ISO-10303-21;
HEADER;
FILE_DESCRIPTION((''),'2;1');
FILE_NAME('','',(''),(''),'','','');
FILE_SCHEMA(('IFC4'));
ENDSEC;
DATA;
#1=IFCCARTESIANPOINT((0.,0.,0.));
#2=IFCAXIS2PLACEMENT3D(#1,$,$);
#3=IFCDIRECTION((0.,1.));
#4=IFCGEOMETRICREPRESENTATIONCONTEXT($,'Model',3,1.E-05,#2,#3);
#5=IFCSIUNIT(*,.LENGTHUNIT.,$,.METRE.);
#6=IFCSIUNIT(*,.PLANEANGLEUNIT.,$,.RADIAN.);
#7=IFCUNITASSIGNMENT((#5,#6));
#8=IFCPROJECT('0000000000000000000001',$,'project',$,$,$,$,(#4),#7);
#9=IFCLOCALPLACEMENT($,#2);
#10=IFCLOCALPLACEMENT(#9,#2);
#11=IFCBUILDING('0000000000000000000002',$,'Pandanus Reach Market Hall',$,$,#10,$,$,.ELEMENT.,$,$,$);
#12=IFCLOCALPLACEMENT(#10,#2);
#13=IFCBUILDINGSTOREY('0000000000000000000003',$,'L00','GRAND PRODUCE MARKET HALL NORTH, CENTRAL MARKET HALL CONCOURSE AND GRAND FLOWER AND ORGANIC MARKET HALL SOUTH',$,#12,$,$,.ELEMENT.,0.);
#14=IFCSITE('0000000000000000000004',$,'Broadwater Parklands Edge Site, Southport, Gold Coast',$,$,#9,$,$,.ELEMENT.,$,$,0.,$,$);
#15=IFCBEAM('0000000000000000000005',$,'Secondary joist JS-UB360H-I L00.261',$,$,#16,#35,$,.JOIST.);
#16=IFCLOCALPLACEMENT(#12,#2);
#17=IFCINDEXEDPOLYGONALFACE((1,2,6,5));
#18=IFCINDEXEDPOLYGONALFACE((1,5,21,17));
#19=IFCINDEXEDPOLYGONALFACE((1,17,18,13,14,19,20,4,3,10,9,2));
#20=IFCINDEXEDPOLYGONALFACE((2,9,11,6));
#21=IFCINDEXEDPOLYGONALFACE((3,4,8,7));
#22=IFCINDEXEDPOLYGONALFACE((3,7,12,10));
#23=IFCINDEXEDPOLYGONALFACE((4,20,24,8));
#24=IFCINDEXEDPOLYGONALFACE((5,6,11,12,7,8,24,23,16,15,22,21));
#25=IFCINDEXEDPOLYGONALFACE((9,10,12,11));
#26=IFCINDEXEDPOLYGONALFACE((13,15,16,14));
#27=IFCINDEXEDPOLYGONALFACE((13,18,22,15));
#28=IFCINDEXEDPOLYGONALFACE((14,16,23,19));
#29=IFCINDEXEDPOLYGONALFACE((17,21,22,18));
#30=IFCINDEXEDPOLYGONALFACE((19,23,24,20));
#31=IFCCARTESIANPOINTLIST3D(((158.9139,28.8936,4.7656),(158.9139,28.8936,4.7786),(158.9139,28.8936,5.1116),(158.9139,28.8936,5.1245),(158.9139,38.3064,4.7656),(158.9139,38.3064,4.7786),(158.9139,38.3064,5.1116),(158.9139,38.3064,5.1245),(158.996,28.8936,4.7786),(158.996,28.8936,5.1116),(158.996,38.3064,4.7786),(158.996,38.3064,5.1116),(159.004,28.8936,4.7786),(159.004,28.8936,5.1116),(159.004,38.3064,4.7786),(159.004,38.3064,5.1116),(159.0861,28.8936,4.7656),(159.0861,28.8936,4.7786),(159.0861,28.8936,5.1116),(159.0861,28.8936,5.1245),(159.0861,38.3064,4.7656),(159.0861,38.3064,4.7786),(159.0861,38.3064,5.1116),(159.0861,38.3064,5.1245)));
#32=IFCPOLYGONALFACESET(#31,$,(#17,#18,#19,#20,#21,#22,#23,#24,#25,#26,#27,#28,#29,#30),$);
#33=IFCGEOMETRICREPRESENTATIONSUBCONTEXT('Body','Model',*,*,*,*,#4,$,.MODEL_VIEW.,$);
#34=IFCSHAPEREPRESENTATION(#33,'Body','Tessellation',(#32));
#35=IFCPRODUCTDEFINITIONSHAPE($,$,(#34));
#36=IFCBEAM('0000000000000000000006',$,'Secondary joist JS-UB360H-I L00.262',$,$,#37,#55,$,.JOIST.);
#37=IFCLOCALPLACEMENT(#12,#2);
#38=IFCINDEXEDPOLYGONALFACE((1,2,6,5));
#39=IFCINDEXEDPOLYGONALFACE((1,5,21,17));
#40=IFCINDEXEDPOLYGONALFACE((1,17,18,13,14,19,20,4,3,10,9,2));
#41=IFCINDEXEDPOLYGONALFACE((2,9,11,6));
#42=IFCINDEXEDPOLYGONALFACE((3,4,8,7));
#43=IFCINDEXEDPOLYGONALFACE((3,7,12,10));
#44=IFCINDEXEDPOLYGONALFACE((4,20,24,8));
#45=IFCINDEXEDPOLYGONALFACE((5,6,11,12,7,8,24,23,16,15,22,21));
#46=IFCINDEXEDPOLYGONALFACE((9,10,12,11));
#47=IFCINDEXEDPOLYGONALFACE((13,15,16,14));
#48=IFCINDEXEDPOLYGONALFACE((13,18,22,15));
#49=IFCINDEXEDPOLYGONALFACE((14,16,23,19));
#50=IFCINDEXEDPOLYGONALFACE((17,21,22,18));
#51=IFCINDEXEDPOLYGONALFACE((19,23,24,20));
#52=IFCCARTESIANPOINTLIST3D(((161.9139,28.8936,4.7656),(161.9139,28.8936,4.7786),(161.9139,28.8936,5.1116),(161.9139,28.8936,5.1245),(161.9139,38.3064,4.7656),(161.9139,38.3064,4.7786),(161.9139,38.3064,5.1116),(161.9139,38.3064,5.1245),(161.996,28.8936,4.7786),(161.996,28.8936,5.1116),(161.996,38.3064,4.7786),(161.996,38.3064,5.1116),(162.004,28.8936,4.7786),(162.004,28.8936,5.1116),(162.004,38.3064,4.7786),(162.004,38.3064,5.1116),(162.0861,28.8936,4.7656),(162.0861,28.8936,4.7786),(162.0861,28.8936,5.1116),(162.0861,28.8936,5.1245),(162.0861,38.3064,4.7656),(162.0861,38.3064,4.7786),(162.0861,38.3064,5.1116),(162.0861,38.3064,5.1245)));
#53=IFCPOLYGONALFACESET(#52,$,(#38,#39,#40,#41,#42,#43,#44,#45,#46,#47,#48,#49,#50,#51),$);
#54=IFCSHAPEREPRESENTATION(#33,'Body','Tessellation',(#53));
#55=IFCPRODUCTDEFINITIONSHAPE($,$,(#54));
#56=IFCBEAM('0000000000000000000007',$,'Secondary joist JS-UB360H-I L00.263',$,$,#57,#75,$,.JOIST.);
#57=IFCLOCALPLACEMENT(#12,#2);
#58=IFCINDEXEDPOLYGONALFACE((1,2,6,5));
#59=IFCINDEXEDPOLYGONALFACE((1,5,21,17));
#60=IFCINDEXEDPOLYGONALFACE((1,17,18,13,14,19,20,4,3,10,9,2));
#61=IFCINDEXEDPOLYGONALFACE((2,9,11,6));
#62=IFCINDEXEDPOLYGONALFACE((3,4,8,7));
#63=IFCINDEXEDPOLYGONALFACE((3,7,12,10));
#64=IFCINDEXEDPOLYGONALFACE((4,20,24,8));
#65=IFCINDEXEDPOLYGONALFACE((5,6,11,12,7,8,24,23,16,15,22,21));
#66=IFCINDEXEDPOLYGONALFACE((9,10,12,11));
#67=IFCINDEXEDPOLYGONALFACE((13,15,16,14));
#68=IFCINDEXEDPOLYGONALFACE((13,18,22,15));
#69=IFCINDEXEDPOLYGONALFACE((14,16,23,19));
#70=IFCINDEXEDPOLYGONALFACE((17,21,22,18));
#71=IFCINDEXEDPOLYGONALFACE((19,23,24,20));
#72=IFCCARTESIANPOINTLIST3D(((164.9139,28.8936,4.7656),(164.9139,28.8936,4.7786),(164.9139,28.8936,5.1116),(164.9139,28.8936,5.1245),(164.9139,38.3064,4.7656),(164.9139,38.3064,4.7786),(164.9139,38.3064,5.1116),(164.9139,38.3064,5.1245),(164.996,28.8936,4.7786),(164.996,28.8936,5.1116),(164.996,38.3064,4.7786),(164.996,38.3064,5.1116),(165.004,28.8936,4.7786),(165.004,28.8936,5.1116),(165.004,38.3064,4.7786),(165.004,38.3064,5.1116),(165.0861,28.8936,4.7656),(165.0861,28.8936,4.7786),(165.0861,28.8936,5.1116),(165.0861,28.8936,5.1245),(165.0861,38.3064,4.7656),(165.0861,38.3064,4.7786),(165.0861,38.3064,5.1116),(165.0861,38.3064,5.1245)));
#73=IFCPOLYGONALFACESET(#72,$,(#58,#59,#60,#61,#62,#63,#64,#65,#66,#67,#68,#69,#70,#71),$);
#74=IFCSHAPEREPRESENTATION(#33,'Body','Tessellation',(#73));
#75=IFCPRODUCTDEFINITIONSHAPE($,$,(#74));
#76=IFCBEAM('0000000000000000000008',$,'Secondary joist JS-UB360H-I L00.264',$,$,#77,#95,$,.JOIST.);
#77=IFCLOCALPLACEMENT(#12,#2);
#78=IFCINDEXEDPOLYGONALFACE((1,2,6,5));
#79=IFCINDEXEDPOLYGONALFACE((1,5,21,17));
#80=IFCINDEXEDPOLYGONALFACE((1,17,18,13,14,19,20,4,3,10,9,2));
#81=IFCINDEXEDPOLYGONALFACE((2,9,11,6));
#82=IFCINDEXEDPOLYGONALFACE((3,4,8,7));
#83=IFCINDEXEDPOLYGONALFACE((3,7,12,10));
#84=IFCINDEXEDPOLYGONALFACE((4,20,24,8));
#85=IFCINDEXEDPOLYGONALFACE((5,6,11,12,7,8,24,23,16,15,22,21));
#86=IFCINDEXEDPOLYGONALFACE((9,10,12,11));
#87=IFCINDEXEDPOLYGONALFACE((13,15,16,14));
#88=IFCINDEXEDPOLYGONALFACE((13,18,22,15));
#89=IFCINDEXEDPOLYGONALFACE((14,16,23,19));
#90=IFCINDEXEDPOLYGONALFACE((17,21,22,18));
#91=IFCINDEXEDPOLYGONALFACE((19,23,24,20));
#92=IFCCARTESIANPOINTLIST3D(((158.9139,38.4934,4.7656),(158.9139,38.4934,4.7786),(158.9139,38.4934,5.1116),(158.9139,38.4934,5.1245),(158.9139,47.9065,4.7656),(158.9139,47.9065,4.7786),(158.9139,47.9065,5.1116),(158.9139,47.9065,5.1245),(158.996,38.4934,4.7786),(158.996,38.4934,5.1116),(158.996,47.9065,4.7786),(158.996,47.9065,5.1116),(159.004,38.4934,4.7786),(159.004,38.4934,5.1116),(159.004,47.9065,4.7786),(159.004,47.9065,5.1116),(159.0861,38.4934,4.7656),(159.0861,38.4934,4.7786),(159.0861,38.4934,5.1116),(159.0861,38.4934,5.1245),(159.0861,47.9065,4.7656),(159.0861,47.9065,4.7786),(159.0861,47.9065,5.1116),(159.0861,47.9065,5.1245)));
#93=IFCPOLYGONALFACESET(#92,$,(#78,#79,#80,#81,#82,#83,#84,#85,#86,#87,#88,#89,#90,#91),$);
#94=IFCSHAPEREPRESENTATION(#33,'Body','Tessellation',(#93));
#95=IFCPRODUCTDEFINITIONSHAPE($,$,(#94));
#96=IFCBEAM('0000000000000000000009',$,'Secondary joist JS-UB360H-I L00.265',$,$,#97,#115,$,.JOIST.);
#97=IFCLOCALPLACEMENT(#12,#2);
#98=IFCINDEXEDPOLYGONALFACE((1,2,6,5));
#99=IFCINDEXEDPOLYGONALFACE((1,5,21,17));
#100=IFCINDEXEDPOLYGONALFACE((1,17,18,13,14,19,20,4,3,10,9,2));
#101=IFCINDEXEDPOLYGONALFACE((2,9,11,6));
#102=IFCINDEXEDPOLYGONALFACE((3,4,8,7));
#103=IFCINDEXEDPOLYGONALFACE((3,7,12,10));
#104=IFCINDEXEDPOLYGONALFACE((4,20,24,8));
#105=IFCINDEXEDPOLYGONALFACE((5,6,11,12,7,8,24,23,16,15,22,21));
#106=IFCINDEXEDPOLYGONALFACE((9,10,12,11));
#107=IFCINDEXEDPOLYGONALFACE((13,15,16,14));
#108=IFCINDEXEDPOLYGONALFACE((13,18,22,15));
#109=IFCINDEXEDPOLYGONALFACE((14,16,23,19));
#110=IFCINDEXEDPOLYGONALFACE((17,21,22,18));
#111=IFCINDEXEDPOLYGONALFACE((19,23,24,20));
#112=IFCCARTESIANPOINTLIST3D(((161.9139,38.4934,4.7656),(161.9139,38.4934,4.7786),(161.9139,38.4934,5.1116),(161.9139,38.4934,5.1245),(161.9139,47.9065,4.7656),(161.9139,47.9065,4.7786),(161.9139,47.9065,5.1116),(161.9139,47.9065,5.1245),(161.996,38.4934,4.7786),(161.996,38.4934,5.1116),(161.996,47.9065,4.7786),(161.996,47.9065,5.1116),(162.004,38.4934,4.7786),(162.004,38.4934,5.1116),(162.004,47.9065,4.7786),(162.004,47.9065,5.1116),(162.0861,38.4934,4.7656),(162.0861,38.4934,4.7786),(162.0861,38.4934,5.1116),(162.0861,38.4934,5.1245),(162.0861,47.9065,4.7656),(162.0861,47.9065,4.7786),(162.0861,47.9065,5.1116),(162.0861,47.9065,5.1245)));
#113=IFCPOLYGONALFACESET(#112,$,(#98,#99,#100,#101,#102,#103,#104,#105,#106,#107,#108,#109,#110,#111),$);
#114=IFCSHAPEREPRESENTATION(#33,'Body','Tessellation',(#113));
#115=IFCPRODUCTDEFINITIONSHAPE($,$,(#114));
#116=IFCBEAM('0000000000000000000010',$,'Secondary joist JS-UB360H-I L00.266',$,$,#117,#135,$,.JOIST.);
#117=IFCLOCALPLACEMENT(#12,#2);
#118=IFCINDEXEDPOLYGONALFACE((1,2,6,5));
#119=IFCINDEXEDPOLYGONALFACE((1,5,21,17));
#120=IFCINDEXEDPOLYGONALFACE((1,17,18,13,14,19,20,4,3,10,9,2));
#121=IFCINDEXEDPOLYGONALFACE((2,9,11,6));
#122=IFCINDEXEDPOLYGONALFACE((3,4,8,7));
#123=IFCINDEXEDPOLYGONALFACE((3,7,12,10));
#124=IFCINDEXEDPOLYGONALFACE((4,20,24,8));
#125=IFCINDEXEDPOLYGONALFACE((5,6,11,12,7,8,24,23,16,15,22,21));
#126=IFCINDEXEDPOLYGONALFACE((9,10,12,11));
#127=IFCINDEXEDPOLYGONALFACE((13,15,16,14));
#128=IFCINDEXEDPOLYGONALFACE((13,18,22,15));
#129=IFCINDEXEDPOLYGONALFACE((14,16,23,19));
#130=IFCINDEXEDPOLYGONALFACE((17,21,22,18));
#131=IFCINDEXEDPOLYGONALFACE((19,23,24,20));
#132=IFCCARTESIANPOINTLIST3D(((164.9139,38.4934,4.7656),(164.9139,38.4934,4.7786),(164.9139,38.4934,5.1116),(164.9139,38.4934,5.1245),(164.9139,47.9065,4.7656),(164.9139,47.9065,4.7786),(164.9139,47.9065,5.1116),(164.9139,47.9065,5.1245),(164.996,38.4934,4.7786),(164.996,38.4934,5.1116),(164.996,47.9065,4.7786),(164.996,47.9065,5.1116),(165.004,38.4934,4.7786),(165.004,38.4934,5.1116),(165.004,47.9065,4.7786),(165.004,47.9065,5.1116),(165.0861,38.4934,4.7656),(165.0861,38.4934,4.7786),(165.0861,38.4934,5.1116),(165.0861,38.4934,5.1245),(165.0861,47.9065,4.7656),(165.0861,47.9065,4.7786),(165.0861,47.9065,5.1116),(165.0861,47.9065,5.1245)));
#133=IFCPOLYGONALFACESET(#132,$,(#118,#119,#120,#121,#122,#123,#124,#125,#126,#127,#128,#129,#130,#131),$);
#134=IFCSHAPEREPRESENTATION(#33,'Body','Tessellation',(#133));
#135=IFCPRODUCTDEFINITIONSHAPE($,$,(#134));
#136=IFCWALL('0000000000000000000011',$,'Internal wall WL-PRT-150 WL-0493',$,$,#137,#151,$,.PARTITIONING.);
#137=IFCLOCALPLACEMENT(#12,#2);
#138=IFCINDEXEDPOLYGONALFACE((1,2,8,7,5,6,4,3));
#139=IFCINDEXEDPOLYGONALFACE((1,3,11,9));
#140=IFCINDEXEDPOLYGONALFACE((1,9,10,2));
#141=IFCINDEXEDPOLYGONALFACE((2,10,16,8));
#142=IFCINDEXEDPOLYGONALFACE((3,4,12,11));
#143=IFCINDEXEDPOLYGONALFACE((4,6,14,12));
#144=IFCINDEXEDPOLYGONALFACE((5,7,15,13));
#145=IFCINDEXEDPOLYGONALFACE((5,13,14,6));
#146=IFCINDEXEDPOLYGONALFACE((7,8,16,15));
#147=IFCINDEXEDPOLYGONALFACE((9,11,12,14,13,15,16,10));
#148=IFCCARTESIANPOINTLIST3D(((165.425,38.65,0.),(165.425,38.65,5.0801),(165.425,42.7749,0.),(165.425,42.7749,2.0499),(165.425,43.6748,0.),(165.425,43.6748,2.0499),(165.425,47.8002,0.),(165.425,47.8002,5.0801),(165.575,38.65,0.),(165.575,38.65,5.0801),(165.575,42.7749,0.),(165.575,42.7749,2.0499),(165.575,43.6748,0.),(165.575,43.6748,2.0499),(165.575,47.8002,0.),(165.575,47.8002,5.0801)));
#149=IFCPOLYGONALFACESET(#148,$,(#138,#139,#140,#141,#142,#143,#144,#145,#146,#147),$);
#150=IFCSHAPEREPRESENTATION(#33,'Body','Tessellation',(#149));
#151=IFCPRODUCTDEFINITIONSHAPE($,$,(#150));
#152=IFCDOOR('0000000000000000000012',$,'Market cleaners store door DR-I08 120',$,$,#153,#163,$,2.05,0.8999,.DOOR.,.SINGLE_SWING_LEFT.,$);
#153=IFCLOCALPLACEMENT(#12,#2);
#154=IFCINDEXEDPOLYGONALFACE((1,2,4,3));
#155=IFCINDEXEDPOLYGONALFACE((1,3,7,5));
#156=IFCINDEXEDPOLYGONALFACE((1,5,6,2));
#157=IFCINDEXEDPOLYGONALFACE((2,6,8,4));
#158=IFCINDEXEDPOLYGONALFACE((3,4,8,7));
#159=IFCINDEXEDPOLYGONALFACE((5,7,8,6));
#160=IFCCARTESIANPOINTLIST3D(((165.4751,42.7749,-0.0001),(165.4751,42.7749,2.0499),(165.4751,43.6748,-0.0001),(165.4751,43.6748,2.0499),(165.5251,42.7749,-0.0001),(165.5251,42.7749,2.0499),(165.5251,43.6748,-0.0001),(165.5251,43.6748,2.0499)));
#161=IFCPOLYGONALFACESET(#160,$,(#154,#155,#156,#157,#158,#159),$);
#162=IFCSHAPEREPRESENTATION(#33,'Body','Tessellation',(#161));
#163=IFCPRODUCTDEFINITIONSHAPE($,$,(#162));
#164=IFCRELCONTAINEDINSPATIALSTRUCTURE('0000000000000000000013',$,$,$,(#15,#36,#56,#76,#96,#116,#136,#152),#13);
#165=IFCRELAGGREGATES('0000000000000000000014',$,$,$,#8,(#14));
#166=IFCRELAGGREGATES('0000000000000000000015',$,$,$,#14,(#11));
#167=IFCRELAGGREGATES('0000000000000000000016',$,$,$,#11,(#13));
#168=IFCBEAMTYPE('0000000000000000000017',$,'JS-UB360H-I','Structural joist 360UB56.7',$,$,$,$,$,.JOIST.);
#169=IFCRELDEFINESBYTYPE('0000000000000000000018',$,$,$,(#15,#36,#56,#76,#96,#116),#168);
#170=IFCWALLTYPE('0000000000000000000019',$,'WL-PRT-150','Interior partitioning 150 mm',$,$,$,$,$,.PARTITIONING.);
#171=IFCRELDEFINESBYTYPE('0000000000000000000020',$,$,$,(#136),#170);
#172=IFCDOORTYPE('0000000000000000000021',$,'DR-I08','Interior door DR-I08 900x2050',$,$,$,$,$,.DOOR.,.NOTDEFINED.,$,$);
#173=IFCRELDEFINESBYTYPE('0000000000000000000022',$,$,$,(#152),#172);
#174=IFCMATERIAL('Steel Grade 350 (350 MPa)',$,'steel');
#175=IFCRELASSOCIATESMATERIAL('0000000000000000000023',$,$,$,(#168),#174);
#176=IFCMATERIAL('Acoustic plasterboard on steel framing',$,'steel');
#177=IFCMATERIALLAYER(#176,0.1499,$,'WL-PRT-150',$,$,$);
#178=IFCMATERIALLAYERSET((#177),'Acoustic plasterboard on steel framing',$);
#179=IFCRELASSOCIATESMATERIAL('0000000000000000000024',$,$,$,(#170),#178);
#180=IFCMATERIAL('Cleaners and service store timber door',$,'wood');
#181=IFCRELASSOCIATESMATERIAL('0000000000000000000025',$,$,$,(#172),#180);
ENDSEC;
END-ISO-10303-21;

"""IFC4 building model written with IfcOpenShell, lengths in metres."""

from ifc_helpers import new_model, si_unit, direction, frame, frame_2d, origin, origin_2d, place, context, subcontext, project, spatial, rectangle, i_section, extrude, material, layer, layer_set, material_profile, profile_set, type_object, element, fill, save


model = new_model("IFC4")

# Units and contexts
model_context = context("Model", 3, precision=1e-05, world=origin(), true_north=direction((0.0, 1.0)))
body_context = subcontext(model_context, "Body", "Model", "MODEL_VIEW")
ifc_project = project(units=[si_unit("LENGTHUNIT", "METRE"), si_unit("PLANEANGLEUNIT", "RADIAN")], contexts=[model_context])

# Site, building, storey
site_placement = place(None, origin())
site = spatial("IfcSite", under=ifc_project, at=site_placement, Name="Broadwater Parklands Edge Site, Southport, Gold Coast", CompositionType="ELEMENT", RefElevation=0.0)
building_placement = place(site_placement, origin())
building = spatial("IfcBuilding", under=site, at=building_placement, Name="Pandanus Reach Market Hall", CompositionType="ELEMENT")
storey_placement = place(building_placement, origin())
storey = spatial("IfcBuildingStorey", under=building, at=storey_placement, Name="L00", Description="GRAND PRODUCE MARKET HALL NORTH, CENTRAL MARKET HALL CONCOURSE AND GRAND FLOWER AND ORGANIC MARKET HALL SOUTH", CompositionType="ELEMENT", Elevation=0.0)

# Beams
ifc_material_1 = material(Name="Steel Grade 350 (350 MPa)", Category="steel")
ifc_material_profile_1 = material_profile(ifc_material_1, i_section(OverallWidth=0.1721, OverallDepth=0.3589, WebThickness=0.0081, FlangeThickness=0.0129, at=origin_2d()), Name="360UB56.7", Category="LoadBearing")
ifc_profile_set_1 = profile_set([ifc_material_profile_1], Name="Steel Grade 350 (350 MPa)")
beam_type_1 = type_object("IfcBeamType", Name="JS-UB360H-I", Description="Structural joist 360UB56.7", PredefinedType="JOIST", material=ifc_profile_set_1)
for number, where, z_axis, x_axis, name in (
    (1, (159.0, 28.8936, 4.9451), (0.0, 1.0, 0.0), (-1.0, 0.0, 0.0), "Secondary joist JS-UB360H-I L00.261"),
    (2, (162.0, 28.8936, 4.9451), (0.0, 1.0, 0.0), (-1.0, 0.0, 0.0), "Secondary joist JS-UB360H-I L00.262"),
    (3, (165.0, 28.8936, 4.9451), (0.0, 1.0, 0.0), (-1.0, 0.0, 0.0), "Secondary joist JS-UB360H-I L00.263"),
):
    element("IfcBeam", number, at=place(storey_placement, frame(where, z_axis=z_axis, x_axis=x_axis)), inside=storey, type_object=beam_type_1, Name=name, PredefinedType="JOIST", context=body_context, shape_type="SweptSolid", body=[
        extrude(i_section(OverallWidth=0.1721, OverallDepth=0.3589, WebThickness=0.0081, FlangeThickness=0.0129, at=origin_2d()), origin(), (0.0, 0.0, 1.0), 9.4128),
    ])
for number, where, z_axis, x_axis, name in (
    (4, (159.0, 38.4934, 4.9451), (0.0, 1.0, 0.0), (-1.0, 0.0, 0.0), "Secondary joist JS-UB360H-I L00.264"),
    (5, (162.0, 38.4934, 4.9451), (0.0, 1.0, 0.0), (-1.0, 0.0, 0.0), "Secondary joist JS-UB360H-I L00.265"),
    (6, (165.0, 38.4934, 4.9451), (0.0, 1.0, 0.0), (-1.0, 0.0, 0.0), "Secondary joist JS-UB360H-I L00.266"),
):
    element("IfcBeam", number, at=place(storey_placement, frame(where, z_axis=z_axis, x_axis=x_axis)), inside=storey, type_object=beam_type_1, Name=name, PredefinedType="JOIST", context=body_context, shape_type="SweptSolid", body=[
        extrude(i_section(OverallWidth=0.1721, OverallDepth=0.3589, WebThickness=0.0081, FlangeThickness=0.0129, at=origin_2d()), origin(), (0.0, 0.0, 1.0), 9.4131),
    ])

# Wall, opening, door
ifc_material_2 = material(Name="Acoustic plasterboard on steel framing", Category="steel")
ifc_layer = layer(ifc_material_2, 0.1499, Name="WL-PRT-150")
ifc_layer_set = layer_set([ifc_layer], Name="Acoustic plasterboard on steel framing")
wall_type = type_object("IfcWallType", Name="WL-PRT-150", Description="Interior partitioning 150 mm", PredefinedType="PARTITIONING", material=ifc_layer_set)
wall_placement = place(storey_placement, frame((165.5, 38.6499, 0.0), z_axis=(0.0, 0.0, 1.0), x_axis=(0.0, 1.0, 0.0)))
wall = element("IfcWall", 7, at=wall_placement, inside=storey, type_object=wall_type, Name="Internal wall WL-PRT-150 WL-0493", PredefinedType="PARTITIONING", context=body_context, shape_type="SweptSolid", body=[
    extrude(rectangle(XDim=9.1501, YDim=0.1499, at=frame_2d((4.5752, 0.0))), origin(), (0.0, 0.0, 1.0), 5.0801),
])
opening_placement = place(wall_placement, frame((4.125, 0.0, 0.0)))
opening = element("IfcOpeningElement", 8, at=opening_placement, cuts=wall, PredefinedType="OPENING", context=body_context, shape_type="SweptSolid", body=[
    extrude(rectangle(XDim=0.8999, YDim=2.05, at=frame_2d((0.45, 1.0249))), frame((0.0, 0.0898, 0.0), z_axis=(0.0, -1.0, 0.0), x_axis=(1.0, 0.0, 0.0)), (0.0, 0.0, 1.0), 0.1799),
])
ifc_material_3 = material(Name="Cleaners and service store timber door", Category="wood")
door_type = type_object("IfcDoorType", Name="DR-I08", Description="Interior door DR-I08 900x2050", OperationType="NOTDEFINED", PredefinedType="DOOR", material=ifc_material_3)
door_placement = place(opening_placement, origin())
door = element("IfcDoor", 9, at=door_placement, inside=storey, type_object=door_type, Name="Market cleaners store door DR-I08 120", OperationType="SINGLE_SWING_LEFT", OverallHeight=2.05, OverallWidth=0.8999, PredefinedType="DOOR", context=body_context, shape_type="SweptSolid", body=[
    extrude(rectangle(XDim=0.8999, YDim=2.05, at=frame_2d((0.45, 1.0249))), frame((0.0, 0.0249, 0.0), z_axis=(0.0, -1.0, 0.0), x_axis=(1.0, 0.0, 0.0)), (0.0, 0.0, 1.0), 0.05),
])
fill(opening, door)

save(model, "model.ifc")
